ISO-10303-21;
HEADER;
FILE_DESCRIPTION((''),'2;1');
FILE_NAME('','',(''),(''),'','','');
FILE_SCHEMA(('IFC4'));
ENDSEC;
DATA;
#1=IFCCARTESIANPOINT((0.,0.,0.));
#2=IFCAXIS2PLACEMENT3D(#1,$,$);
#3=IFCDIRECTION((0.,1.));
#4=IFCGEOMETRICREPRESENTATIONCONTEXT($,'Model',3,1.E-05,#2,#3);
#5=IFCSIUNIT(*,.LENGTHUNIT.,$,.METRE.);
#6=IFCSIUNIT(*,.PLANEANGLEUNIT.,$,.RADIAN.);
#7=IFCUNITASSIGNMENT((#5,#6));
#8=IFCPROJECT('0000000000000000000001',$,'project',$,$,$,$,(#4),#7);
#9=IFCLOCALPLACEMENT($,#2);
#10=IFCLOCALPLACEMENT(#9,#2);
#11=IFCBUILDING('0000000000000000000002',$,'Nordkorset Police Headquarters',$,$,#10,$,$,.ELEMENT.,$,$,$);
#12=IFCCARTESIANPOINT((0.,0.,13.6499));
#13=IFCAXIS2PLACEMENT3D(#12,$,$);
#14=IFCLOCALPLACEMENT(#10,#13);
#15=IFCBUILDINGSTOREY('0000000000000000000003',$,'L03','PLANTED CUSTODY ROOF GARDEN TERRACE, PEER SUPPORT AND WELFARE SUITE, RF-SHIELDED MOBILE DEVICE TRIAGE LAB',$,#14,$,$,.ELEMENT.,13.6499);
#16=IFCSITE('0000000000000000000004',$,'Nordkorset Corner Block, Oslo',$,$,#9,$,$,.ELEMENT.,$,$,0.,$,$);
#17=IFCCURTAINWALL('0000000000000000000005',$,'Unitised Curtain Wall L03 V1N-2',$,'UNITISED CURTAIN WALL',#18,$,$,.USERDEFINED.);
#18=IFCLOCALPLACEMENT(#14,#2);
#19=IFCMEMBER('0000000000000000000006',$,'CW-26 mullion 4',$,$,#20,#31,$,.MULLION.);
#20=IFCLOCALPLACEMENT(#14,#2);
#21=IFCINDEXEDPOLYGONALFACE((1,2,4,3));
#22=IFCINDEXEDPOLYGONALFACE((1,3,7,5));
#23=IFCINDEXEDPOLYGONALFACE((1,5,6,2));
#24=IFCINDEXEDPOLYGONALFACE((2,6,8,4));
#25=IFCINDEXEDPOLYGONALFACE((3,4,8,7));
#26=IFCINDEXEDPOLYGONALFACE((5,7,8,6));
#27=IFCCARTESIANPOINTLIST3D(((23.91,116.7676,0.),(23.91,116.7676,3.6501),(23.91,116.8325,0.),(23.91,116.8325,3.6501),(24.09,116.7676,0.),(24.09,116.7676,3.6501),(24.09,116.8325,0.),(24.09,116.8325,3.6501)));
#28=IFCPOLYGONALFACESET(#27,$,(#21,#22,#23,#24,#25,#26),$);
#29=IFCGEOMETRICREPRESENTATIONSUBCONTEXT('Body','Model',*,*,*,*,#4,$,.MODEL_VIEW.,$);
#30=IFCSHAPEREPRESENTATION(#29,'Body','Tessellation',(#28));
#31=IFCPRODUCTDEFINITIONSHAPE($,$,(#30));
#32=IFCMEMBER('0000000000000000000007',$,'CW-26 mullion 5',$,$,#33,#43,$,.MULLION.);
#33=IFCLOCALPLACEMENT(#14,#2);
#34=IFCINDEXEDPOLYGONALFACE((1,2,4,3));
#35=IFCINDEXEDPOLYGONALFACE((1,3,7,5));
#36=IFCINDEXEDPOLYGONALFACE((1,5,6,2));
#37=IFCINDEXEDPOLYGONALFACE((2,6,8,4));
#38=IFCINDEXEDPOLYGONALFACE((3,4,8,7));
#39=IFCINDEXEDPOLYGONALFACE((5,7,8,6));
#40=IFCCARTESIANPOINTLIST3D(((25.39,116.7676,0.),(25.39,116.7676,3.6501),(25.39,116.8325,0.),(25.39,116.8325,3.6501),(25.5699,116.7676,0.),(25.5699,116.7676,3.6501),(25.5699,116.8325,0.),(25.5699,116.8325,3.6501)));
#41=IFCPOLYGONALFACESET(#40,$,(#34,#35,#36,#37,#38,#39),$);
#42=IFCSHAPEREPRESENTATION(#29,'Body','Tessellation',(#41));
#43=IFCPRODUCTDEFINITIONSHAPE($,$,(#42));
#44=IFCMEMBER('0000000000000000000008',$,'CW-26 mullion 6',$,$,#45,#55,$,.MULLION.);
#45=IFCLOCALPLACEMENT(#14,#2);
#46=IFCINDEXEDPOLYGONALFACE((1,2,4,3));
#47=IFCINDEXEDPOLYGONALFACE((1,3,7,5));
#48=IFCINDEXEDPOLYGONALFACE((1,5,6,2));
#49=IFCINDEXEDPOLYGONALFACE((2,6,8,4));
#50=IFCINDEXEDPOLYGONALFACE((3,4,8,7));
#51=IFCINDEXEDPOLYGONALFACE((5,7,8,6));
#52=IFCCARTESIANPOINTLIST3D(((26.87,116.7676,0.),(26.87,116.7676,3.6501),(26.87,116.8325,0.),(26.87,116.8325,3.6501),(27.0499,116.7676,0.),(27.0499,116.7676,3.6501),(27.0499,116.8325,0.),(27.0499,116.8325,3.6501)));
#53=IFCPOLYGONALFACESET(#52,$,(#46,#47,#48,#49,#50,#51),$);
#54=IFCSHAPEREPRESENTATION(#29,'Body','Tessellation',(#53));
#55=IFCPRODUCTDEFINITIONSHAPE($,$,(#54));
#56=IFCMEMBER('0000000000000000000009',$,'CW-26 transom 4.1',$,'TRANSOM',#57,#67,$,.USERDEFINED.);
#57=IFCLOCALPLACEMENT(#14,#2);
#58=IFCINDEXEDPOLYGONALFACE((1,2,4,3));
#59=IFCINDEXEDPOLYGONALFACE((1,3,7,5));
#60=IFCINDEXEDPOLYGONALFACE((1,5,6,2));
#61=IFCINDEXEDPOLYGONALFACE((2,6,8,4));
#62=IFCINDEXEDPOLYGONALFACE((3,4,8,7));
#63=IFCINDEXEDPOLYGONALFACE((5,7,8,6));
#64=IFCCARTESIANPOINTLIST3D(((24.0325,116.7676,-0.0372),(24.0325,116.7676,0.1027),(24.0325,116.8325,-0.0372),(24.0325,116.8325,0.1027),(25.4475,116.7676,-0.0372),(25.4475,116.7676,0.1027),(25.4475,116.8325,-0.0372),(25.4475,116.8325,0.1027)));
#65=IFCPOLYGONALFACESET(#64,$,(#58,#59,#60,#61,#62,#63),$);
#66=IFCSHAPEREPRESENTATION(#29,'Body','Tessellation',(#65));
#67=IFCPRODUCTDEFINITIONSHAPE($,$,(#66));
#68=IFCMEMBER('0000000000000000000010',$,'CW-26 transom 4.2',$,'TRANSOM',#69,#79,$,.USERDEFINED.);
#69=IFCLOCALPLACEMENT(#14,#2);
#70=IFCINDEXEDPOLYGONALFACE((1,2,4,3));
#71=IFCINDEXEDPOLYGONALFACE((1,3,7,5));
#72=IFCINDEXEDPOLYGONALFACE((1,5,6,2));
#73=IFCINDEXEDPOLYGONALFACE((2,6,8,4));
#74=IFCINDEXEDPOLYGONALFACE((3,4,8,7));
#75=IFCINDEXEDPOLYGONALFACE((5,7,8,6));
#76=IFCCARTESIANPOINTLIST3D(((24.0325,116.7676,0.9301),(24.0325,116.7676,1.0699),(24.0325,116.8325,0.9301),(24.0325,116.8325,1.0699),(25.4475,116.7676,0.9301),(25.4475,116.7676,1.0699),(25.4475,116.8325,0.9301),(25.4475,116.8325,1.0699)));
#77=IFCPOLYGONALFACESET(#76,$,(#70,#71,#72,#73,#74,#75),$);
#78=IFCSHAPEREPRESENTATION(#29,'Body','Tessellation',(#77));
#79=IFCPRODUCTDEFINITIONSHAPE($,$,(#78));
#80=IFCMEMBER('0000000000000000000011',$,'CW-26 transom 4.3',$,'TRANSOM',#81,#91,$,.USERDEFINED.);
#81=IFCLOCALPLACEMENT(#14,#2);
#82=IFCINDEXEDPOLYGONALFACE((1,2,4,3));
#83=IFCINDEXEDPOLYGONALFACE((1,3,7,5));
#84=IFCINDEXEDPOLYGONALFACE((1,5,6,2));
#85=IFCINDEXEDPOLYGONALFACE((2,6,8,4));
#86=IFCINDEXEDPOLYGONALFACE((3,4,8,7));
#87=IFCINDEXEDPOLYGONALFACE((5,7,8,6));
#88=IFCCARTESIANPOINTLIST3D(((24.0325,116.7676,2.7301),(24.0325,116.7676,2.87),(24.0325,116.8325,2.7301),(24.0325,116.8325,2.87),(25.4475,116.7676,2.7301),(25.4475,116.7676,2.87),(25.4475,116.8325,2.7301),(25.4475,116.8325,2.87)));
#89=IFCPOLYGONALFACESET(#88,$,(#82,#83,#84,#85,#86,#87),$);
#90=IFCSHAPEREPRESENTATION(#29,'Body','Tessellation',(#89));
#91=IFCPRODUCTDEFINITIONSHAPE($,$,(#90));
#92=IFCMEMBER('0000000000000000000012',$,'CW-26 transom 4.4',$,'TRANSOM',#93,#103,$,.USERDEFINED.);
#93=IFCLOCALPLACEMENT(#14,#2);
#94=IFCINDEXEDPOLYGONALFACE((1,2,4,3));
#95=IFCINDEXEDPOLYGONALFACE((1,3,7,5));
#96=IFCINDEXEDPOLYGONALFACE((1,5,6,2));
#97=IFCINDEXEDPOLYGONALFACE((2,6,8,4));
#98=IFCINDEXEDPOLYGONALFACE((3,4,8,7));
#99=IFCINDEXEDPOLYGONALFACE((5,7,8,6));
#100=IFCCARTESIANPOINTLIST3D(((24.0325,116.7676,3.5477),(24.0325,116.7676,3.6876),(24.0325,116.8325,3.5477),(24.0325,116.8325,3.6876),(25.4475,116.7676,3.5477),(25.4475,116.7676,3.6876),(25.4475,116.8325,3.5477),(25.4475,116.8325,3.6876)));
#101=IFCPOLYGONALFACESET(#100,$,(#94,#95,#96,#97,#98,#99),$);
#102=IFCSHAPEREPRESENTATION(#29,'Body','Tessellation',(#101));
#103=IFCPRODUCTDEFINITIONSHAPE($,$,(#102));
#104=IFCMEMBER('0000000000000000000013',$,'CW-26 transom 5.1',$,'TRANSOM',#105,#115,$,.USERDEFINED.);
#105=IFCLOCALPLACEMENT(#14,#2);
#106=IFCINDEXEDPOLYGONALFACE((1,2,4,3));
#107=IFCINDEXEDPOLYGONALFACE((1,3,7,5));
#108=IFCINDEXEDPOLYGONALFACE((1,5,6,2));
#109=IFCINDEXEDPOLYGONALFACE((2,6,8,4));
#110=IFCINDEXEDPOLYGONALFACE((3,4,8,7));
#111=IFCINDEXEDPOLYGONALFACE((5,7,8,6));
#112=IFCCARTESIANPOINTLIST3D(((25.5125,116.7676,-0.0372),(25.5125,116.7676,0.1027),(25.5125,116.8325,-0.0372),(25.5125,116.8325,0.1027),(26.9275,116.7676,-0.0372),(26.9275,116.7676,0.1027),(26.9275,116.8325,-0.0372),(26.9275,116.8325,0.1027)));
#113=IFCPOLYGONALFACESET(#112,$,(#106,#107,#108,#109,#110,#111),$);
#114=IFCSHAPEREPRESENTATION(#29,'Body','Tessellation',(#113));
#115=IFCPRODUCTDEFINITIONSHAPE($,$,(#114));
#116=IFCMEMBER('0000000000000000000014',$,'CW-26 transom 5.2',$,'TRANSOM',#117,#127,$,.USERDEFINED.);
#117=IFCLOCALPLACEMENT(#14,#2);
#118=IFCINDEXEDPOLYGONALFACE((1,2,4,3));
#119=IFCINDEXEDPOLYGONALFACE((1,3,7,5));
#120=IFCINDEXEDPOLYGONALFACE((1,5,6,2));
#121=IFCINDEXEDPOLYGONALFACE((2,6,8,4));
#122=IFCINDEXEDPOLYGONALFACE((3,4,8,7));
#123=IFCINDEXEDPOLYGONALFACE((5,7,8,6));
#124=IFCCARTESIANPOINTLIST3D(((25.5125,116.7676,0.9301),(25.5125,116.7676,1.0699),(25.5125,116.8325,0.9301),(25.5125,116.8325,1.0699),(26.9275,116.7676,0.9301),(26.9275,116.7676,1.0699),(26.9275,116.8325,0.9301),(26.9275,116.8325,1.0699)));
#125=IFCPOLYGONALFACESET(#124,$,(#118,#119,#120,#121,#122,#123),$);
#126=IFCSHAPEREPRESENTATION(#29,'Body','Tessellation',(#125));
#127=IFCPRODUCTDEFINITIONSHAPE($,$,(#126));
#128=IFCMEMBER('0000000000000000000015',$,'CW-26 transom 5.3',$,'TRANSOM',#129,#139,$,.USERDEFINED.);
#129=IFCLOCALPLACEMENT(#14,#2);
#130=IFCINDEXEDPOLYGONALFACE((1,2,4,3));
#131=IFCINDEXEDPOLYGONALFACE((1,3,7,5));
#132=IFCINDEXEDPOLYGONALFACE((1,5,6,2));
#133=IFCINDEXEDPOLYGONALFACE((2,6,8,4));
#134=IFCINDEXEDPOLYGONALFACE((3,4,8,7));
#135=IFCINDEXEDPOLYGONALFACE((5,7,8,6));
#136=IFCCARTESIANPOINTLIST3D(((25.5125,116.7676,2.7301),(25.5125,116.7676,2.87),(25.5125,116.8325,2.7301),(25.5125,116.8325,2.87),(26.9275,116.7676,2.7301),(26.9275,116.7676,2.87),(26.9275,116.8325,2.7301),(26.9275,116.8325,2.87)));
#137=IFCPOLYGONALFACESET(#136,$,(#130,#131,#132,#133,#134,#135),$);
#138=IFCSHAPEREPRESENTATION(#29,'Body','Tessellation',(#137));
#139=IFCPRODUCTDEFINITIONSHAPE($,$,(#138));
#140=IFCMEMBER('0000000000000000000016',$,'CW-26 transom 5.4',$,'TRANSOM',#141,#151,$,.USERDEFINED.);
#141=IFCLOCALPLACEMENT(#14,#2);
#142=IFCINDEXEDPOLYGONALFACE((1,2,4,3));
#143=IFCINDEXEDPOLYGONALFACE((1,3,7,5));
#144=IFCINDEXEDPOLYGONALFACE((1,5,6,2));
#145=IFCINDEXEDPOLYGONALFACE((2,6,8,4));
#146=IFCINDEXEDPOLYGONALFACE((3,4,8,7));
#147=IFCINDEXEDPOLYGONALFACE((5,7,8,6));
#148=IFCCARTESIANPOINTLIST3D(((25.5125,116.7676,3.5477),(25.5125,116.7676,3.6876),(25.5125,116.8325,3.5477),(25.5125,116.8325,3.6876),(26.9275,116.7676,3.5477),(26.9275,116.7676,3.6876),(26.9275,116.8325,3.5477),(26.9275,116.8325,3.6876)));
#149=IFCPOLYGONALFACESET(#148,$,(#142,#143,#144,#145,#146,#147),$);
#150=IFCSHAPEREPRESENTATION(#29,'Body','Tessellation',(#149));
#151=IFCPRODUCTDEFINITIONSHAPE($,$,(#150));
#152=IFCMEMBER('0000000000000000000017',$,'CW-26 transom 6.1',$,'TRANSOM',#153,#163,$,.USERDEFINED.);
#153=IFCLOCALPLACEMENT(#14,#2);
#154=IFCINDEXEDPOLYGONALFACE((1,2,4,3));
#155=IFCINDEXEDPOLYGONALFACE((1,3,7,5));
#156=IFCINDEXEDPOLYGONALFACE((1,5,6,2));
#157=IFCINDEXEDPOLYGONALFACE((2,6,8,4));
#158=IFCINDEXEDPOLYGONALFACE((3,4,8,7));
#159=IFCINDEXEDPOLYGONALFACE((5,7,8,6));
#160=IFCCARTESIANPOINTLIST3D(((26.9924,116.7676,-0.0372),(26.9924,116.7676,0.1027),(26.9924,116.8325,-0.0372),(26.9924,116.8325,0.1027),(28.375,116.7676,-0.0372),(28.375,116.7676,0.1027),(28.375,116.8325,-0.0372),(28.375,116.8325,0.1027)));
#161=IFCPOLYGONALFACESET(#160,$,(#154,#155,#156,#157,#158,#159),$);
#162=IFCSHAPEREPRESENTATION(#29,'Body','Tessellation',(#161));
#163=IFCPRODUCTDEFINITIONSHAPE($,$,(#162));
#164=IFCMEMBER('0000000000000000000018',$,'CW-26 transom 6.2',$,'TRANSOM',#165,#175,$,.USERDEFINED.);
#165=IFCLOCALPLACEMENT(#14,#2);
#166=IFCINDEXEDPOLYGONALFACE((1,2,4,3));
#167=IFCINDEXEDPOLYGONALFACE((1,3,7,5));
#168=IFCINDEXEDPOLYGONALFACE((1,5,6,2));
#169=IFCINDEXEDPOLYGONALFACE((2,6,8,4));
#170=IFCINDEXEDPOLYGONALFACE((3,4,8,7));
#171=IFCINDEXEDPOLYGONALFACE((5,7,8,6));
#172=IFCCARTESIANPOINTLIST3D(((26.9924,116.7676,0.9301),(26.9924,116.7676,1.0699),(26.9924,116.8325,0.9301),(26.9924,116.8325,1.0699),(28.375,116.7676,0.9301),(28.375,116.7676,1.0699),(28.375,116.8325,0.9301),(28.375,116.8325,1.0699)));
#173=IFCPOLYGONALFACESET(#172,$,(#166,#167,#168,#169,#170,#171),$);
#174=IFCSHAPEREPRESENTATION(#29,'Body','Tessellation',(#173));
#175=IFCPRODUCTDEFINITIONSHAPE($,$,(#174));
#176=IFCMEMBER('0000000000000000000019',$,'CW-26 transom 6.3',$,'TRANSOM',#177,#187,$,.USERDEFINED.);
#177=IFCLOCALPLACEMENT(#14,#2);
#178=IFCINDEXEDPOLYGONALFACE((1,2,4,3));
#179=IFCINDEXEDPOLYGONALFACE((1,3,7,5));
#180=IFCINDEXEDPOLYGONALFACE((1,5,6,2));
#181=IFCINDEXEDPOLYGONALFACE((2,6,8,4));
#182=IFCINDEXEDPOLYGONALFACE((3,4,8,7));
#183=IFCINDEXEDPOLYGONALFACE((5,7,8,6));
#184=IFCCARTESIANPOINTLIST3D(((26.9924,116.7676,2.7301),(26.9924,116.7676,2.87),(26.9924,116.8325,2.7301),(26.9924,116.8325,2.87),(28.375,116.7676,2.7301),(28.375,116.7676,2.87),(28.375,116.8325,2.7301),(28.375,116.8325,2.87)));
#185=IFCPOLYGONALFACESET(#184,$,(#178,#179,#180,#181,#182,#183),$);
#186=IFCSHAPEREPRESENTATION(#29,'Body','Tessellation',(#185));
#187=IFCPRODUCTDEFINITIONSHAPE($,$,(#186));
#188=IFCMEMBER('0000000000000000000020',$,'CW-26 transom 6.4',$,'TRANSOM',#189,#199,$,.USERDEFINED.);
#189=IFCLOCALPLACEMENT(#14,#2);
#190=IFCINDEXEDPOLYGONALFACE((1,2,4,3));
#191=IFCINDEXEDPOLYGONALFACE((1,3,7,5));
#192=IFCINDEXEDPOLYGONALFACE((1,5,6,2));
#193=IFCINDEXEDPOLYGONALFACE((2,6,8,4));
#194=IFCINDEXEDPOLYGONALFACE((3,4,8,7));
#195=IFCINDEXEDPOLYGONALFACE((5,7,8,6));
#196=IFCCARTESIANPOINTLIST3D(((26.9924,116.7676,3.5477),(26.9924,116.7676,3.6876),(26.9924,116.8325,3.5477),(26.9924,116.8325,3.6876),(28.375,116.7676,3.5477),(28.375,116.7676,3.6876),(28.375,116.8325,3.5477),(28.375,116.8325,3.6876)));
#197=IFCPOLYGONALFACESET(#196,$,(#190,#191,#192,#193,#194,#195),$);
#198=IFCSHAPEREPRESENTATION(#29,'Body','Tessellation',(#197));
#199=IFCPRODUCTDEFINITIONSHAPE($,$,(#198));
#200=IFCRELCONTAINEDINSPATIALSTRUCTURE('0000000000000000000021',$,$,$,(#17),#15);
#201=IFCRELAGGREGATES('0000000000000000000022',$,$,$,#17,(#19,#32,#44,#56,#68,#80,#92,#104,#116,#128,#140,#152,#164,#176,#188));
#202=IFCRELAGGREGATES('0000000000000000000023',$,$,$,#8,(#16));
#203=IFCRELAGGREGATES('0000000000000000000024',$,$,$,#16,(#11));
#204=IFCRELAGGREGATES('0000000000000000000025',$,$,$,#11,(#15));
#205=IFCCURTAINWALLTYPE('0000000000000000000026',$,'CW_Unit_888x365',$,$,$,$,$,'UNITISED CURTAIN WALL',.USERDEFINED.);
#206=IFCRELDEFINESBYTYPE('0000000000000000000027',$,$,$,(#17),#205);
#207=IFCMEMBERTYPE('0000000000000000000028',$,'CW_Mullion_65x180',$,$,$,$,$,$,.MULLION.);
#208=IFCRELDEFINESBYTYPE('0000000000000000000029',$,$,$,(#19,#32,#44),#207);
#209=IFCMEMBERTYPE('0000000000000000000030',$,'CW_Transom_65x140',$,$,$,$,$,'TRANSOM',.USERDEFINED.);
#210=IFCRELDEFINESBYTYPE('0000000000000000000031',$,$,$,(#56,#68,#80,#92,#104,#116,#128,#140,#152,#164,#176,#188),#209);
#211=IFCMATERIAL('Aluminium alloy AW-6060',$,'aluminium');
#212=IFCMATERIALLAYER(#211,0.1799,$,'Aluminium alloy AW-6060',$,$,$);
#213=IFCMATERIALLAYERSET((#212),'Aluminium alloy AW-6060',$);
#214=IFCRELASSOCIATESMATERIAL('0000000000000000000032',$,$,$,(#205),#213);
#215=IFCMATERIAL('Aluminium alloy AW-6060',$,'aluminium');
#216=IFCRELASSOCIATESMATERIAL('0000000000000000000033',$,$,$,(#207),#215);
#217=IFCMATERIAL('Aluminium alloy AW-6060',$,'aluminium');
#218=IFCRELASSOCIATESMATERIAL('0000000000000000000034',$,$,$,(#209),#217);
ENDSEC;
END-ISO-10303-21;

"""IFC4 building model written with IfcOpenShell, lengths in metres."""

from ifc_helpers import new_model, si_unit, direction, frame, origin, origin_2d, place, context, subcontext, project, spatial, rectangle, extrude, material, layer, layer_set, material_profile, profile_set, type_object, element, aggregate, save


model = new_model("IFC4")

# Units and contexts
model_context = context("Model", 3, precision=1e-05, world=origin(), true_north=direction((0.0, 1.0)))
body_context = subcontext(model_context, "Body", "Model", "MODEL_VIEW")
ifc_project = project(units=[si_unit("LENGTHUNIT", "METRE"), si_unit("PLANEANGLEUNIT", "RADIAN")], contexts=[model_context])

# Site, building, storey
site_placement = place(None, origin())
site = spatial("IfcSite", under=ifc_project, at=site_placement, Name="Nordkorset Corner Block, Oslo", CompositionType="ELEMENT", RefElevation=0.0)
building_placement = place(site_placement, origin())
building = spatial("IfcBuilding", under=site, at=building_placement, Name="Nordkorset Police Headquarters", CompositionType="ELEMENT")
storey_placement = place(building_placement, frame((0.0, 0.0, 13.6499)))
storey = spatial("IfcBuildingStorey", under=building, at=storey_placement, Name="L03", Description="PLANTED CUSTODY ROOF GARDEN TERRACE, PEER SUPPORT AND WELFARE SUITE, RF-SHIELDED MOBILE DEVICE TRIAGE LAB", CompositionType="ELEMENT", Elevation=13.6499)

# Curtain wall, members
ifc_material_1 = material(Name="Aluminium alloy AW-6060", Category="aluminium")
ifc_layer_1 = layer(ifc_material_1, 0.1799, Name="Aluminium alloy AW-6060")
ifc_layer_set_1 = layer_set([ifc_layer_1], Name="Aluminium alloy AW-6060")
curtain_wall_type = type_object("IfcCurtainWallType", Name="CW_Unit_888x365", ElementType="UNITISED CURTAIN WALL", PredefinedType="USERDEFINED", material=ifc_layer_set_1)
curtain_wall_placement = place(storey_placement, origin())
curtain_wall = element("IfcCurtainWall", 1, at=curtain_wall_placement, inside=storey, type_object=curtain_wall_type, Name="Unitised Curtain Wall L03 V1N-2", ObjectType="UNITISED CURTAIN WALL", PredefinedType="USERDEFINED")
ifc_material_2 = material(Name="Aluminium alloy AW-6060", Category="aluminium")
ifc_material_profile_1 = material_profile(ifc_material_2, rectangle(XDim=0.0649, YDim=0.1799, at=origin_2d()), Name="ALU MULL 65x180")
ifc_profile_set_1 = profile_set([ifc_material_profile_1], Name="Aluminium alloy AW-6060")
member_type_1 = type_object("IfcMemberType", Name="CW_Mullion_65x180", PredefinedType="MULLION", material=ifc_profile_set_1)
member_1_placement = place(storey_placement, frame((24.0, 116.8, 0.0), z_axis=(0.0, 0.0, 1.0), x_axis=(0.0, 1.0, 0.0)))
member_1 = element("IfcMember", 2, at=member_1_placement, type_object=member_type_1, Name="CW-26 mullion 4", PredefinedType="MULLION", context=body_context, shape_type="SweptSolid", body=[
    extrude(rectangle(XDim=0.0649, YDim=0.1799, at=origin_2d()), origin(), (0.0, 0.0, 1.0), 3.6501),
])
member_2_placement = place(storey_placement, frame((25.48, 116.8, 0.0), z_axis=(0.0, 0.0, 1.0), x_axis=(0.0, 1.0, 0.0)))
member_2 = element("IfcMember", 3, at=member_2_placement, type_object=member_type_1, Name="CW-26 mullion 5", PredefinedType="MULLION", context=body_context, shape_type="SweptSolid", body=[
    extrude(rectangle(XDim=0.0649, YDim=0.1799, at=origin_2d()), origin(), (0.0, 0.0, 1.0), 3.6501),
])
member_3_placement = place(storey_placement, frame((26.96, 116.8, 0.0), z_axis=(0.0, 0.0, 1.0), x_axis=(0.0, 1.0, 0.0)))
member_3 = element("IfcMember", 4, at=member_3_placement, type_object=member_type_1, Name="CW-26 mullion 6", PredefinedType="MULLION", context=body_context, shape_type="SweptSolid", body=[
    extrude(rectangle(XDim=0.0649, YDim=0.1799, at=origin_2d()), origin(), (0.0, 0.0, 1.0), 3.6501),
])
ifc_material_3 = material(Name="Aluminium alloy AW-6060", Category="aluminium")
ifc_material_profile_2 = material_profile(ifc_material_3, rectangle(XDim=0.0649, YDim=0.1399, at=origin_2d()), Name="ALU TRAN 65x140")
ifc_profile_set_2 = profile_set([ifc_material_profile_2], Name="Aluminium alloy AW-6060")
member_type_2 = type_object("IfcMemberType", Name="CW_Transom_65x140", ElementType="TRANSOM", PredefinedType="USERDEFINED", material=ifc_profile_set_2)
member_4_placement = place(storey_placement, frame((24.0325, 116.8, 0.0327), z_axis=(1.0, 0.0, 0.0), x_axis=(0.0, 1.0, 0.0)))
member_4 = element("IfcMember", 5, at=member_4_placement, type_object=member_type_2, Name="CW-26 transom 4.1", ObjectType="TRANSOM", PredefinedType="USERDEFINED", context=body_context, shape_type="SweptSolid", body=[
    extrude(rectangle(XDim=0.0649, YDim=0.1399, at=origin_2d()), origin(), (0.0, 0.0, 1.0), 1.415),
])
member_5_placement = place(storey_placement, frame((24.0325, 116.8, 1.0), z_axis=(1.0, 0.0, 0.0), x_axis=(0.0, 1.0, 0.0)))
member_5 = element("IfcMember", 6, at=member_5_placement, type_object=member_type_2, Name="CW-26 transom 4.2", ObjectType="TRANSOM", PredefinedType="USERDEFINED", context=body_context, shape_type="SweptSolid", body=[
    extrude(rectangle(XDim=0.0649, YDim=0.1399, at=origin_2d()), origin(), (0.0, 0.0, 1.0), 1.415),
])
member_6_placement = place(storey_placement, frame((24.0325, 116.8, 2.8), z_axis=(1.0, 0.0, 0.0), x_axis=(0.0, 1.0, 0.0)))
member_6 = element("IfcMember", 7, at=member_6_placement, type_object=member_type_2, Name="CW-26 transom 4.3", ObjectType="TRANSOM", PredefinedType="USERDEFINED", context=body_context, shape_type="SweptSolid", body=[
    extrude(rectangle(XDim=0.0649, YDim=0.1399, at=origin_2d()), origin(), (0.0, 0.0, 1.0), 1.415),
])
member_7_placement = place(storey_placement, frame((24.0325, 116.8, 3.6177), z_axis=(1.0, 0.0, 0.0), x_axis=(0.0, 1.0, 0.0)))
member_7 = element("IfcMember", 8, at=member_7_placement, type_object=member_type_2, Name="CW-26 transom 4.4", ObjectType="TRANSOM", PredefinedType="USERDEFINED", context=body_context, shape_type="SweptSolid", body=[
    extrude(rectangle(XDim=0.0649, YDim=0.1399, at=origin_2d()), origin(), (0.0, 0.0, 1.0), 1.415),
])
member_8_placement = place(storey_placement, frame((25.5125, 116.8, 0.0327), z_axis=(1.0, 0.0, 0.0), x_axis=(0.0, 1.0, 0.0)))
member_8 = element("IfcMember", 9, at=member_8_placement, type_object=member_type_2, Name="CW-26 transom 5.1", ObjectType="TRANSOM", PredefinedType="USERDEFINED", context=body_context, shape_type="SweptSolid", body=[
    extrude(rectangle(XDim=0.0649, YDim=0.1399, at=origin_2d()), origin(), (0.0, 0.0, 1.0), 1.415),
])
member_9_placement = place(storey_placement, frame((25.5125, 116.8, 1.0), z_axis=(1.0, 0.0, 0.0), x_axis=(0.0, 1.0, 0.0)))
member_9 = element("IfcMember", 10, at=member_9_placement, type_object=member_type_2, Name="CW-26 transom 5.2", ObjectType="TRANSOM", PredefinedType="USERDEFINED", context=body_context, shape_type="SweptSolid", body=[
    extrude(rectangle(XDim=0.0649, YDim=0.1399, at=origin_2d()), origin(), (0.0, 0.0, 1.0), 1.415),
])
member_10_placement = place(storey_placement, frame((25.5125, 116.8, 2.8), z_axis=(1.0, 0.0, 0.0), x_axis=(0.0, 1.0, 0.0)))
member_10 = element("IfcMember", 11, at=member_10_placement, type_object=member_type_2, Name="CW-26 transom 5.3", ObjectType="TRANSOM", PredefinedType="USERDEFINED", context=body_context, shape_type="SweptSolid", body=[
    extrude(rectangle(XDim=0.0649, YDim=0.1399, at=origin_2d()), origin(), (0.0, 0.0, 1.0), 1.415),
])
member_11_placement = place(storey_placement, frame((25.5125, 116.8, 3.6177), z_axis=(1.0, 0.0, 0.0), x_axis=(0.0, 1.0, 0.0)))
member_11 = element("IfcMember", 12, at=member_11_placement, type_object=member_type_2, Name="CW-26 transom 5.4", ObjectType="TRANSOM", PredefinedType="USERDEFINED", context=body_context, shape_type="SweptSolid", body=[
    extrude(rectangle(XDim=0.0649, YDim=0.1399, at=origin_2d()), origin(), (0.0, 0.0, 1.0), 1.415),
])
member_12_placement = place(storey_placement, frame((26.9924, 116.8, 0.0327), z_axis=(1.0, 0.0, 0.0), x_axis=(0.0, 1.0, 0.0)))
member_12 = element("IfcMember", 13, at=member_12_placement, type_object=member_type_2, Name="CW-26 transom 6.1", ObjectType="TRANSOM", PredefinedType="USERDEFINED", context=body_context, shape_type="SweptSolid", body=[
    extrude(rectangle(XDim=0.0649, YDim=0.1399, at=origin_2d()), origin(), (0.0, 0.0, 1.0), 1.3826),
])
member_13_placement = place(storey_placement, frame((26.9924, 116.8, 1.0), z_axis=(1.0, 0.0, 0.0), x_axis=(0.0, 1.0, 0.0)))
member_13 = element("IfcMember", 14, at=member_13_placement, type_object=member_type_2, Name="CW-26 transom 6.2", ObjectType="TRANSOM", PredefinedType="USERDEFINED", context=body_context, shape_type="SweptSolid", body=[
    extrude(rectangle(XDim=0.0649, YDim=0.1399, at=origin_2d()), origin(), (0.0, 0.0, 1.0), 1.3826),
])
member_14_placement = place(storey_placement, frame((26.9924, 116.8, 2.8), z_axis=(1.0, 0.0, 0.0), x_axis=(0.0, 1.0, 0.0)))
member_14 = element("IfcMember", 15, at=member_14_placement, type_object=member_type_2, Name="CW-26 transom 6.3", ObjectType="TRANSOM", PredefinedType="USERDEFINED", context=body_context, shape_type="SweptSolid", body=[
    extrude(rectangle(XDim=0.0649, YDim=0.1399, at=origin_2d()), origin(), (0.0, 0.0, 1.0), 1.3826),
])
member_15_placement = place(storey_placement, frame((26.9924, 116.8, 3.6177), z_axis=(1.0, 0.0, 0.0), x_axis=(0.0, 1.0, 0.0)))
member_15 = element("IfcMember", 16, at=member_15_placement, type_object=member_type_2, Name="CW-26 transom 6.4", ObjectType="TRANSOM", PredefinedType="USERDEFINED", context=body_context, shape_type="SweptSolid", body=[
    extrude(rectangle(XDim=0.0649, YDim=0.1399, at=origin_2d()), origin(), (0.0, 0.0, 1.0), 1.3826),
])
aggregate(curtain_wall, [member_1, member_2, member_3, member_4, member_5, member_6, member_7, member_8, member_9, member_10, member_11, member_12, member_13, member_14, member_15])

save(model, "model.ifc")
